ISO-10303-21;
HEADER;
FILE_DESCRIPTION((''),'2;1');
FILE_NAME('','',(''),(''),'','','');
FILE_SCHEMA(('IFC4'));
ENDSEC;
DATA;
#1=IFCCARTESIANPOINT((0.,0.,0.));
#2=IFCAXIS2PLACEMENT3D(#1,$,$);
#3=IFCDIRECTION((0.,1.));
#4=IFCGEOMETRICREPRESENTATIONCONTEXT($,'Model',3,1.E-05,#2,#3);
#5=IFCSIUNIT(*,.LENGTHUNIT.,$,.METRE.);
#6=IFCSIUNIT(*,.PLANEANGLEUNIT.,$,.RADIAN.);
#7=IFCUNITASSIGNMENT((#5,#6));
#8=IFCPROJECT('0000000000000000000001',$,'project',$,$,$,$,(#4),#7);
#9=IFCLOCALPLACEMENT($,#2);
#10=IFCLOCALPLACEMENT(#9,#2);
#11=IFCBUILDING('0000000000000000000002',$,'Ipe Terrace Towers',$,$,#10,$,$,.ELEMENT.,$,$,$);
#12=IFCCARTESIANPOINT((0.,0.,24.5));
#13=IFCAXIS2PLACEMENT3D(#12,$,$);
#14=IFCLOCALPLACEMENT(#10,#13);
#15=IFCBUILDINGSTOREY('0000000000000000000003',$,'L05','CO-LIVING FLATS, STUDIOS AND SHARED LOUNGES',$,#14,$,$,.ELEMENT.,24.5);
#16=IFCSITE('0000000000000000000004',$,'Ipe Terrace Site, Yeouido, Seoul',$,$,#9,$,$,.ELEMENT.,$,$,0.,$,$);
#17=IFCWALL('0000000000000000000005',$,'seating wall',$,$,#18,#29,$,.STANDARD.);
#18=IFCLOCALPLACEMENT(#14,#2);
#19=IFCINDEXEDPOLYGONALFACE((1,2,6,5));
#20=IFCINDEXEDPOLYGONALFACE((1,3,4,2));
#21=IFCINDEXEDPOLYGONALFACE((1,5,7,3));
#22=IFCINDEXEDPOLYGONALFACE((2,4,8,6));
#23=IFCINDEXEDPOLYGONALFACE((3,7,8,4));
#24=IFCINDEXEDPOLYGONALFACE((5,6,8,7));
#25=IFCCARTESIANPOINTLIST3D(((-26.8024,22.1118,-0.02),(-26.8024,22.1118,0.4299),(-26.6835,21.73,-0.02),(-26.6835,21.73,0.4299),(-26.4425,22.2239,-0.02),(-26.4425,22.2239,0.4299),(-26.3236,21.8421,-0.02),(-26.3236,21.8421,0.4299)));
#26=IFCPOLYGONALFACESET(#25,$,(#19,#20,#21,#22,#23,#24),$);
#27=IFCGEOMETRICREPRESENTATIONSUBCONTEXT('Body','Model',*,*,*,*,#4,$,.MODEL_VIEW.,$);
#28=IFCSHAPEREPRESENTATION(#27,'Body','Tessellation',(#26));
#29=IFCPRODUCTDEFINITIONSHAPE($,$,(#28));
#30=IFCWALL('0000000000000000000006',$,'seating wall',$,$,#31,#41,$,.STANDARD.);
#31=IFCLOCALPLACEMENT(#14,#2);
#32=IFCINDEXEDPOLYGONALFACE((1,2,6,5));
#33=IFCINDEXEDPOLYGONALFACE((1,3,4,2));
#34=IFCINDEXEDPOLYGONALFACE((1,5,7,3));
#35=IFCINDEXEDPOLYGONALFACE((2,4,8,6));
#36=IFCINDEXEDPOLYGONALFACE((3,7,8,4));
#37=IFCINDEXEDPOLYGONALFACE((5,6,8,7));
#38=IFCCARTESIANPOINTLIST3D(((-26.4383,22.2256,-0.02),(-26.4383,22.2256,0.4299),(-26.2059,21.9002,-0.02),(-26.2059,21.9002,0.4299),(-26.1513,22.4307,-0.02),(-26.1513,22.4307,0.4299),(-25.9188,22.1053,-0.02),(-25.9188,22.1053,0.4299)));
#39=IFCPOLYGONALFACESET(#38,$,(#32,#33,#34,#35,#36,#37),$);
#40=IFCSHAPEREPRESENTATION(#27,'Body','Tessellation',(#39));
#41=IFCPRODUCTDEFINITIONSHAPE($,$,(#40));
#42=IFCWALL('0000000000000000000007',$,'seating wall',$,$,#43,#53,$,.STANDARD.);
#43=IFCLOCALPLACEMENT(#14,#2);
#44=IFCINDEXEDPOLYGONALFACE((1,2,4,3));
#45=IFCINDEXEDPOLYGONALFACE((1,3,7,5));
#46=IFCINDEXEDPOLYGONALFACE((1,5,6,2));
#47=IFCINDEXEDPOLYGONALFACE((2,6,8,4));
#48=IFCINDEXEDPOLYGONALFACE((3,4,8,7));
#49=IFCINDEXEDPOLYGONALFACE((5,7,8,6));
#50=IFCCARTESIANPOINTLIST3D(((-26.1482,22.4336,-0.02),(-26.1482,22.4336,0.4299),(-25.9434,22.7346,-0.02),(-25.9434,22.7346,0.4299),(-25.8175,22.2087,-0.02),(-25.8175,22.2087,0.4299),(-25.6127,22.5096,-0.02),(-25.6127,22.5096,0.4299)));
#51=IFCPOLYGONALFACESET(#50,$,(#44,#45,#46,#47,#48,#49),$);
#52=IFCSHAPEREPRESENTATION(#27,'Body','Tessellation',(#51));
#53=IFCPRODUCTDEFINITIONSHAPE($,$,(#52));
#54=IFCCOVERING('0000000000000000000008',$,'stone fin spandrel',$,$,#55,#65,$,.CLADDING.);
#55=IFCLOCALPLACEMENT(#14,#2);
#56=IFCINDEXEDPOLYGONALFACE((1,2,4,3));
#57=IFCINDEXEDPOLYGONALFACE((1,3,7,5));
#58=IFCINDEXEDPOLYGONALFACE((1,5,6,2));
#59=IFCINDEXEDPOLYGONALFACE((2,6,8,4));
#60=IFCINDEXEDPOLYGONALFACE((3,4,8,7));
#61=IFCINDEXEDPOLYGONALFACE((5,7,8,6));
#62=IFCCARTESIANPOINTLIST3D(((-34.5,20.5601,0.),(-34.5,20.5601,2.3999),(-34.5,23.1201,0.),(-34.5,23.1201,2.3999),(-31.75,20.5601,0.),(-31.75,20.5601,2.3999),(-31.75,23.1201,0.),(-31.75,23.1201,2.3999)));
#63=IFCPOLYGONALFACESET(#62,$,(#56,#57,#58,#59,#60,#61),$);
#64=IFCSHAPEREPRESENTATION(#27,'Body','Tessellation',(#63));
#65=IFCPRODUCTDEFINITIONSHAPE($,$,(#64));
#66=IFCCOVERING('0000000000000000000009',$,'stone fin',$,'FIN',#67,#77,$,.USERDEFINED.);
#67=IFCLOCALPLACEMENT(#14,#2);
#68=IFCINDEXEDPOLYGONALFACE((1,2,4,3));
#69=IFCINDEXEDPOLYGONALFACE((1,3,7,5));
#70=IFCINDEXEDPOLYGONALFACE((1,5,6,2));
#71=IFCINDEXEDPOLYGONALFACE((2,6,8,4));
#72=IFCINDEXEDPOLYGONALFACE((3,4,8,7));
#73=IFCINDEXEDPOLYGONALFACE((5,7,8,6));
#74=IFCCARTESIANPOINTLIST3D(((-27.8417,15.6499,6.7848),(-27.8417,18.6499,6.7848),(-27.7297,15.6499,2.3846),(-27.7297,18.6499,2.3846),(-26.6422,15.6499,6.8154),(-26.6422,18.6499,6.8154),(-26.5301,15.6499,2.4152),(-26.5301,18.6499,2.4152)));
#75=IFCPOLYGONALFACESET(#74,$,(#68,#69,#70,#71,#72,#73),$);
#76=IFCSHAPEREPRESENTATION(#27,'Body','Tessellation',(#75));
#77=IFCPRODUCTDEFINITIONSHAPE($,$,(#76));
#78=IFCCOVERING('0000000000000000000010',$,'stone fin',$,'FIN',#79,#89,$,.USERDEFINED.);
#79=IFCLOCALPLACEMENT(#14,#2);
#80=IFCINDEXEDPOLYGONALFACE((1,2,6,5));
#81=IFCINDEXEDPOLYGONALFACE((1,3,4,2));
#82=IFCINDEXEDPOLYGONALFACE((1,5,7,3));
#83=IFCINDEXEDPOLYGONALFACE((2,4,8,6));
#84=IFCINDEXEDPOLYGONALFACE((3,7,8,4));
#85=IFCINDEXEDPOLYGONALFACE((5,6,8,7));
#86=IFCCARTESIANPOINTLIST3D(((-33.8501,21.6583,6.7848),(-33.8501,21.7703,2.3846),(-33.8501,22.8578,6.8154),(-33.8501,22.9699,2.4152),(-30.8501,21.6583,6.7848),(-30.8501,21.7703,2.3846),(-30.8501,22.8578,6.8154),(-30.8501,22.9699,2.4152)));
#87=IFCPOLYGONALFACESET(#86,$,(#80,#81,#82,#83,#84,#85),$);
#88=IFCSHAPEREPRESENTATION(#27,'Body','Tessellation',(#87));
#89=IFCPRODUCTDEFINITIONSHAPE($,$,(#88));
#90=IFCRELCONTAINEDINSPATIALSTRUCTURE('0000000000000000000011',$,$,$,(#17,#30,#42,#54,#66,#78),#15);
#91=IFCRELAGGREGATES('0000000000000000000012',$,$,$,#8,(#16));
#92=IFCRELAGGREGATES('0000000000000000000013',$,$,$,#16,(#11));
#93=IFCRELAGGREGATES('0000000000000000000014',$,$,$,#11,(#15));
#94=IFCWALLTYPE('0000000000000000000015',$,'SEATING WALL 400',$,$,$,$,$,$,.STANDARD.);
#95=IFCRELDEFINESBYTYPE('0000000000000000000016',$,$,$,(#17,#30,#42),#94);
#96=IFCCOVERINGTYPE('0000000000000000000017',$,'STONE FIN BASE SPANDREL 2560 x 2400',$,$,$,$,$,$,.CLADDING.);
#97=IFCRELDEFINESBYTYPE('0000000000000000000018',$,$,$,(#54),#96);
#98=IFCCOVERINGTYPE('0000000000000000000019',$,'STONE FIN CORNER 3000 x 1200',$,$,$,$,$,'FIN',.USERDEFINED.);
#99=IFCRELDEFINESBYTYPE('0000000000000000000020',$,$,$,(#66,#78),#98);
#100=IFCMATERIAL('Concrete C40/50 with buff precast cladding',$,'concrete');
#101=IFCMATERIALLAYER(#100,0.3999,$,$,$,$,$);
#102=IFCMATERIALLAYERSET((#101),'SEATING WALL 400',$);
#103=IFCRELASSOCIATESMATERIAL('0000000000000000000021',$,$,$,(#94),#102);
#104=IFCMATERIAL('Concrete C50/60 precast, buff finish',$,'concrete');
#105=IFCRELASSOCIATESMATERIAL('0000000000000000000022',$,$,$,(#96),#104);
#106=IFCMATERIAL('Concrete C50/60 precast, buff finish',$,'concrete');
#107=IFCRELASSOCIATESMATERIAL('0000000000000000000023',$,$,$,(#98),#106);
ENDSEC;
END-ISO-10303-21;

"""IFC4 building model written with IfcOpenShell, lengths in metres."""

from ifc_helpers import new_model, si_unit, direction, frame, frame_2d, origin, origin_2d, place, context, subcontext, project, spatial, rectangle, extrude, material, layer, layer_set, material_profile, profile_set, type_object, element, save


model = new_model("IFC4")

# Units and contexts
model_context = context("Model", 3, precision=1e-05, world=origin(), true_north=direction((0.0, 1.0)))
body_context = subcontext(model_context, "Body", "Model", "MODEL_VIEW")
ifc_project = project(units=[si_unit("LENGTHUNIT", "METRE"), si_unit("PLANEANGLEUNIT", "RADIAN")], contexts=[model_context])

# Site, building, storey
site_placement = place(None, origin())
site = spatial("IfcSite", under=ifc_project, at=site_placement, Name="Ipe Terrace Site, Yeouido, Seoul", CompositionType="ELEMENT", RefElevation=0.0)
building_placement = place(site_placement, origin())
building = spatial("IfcBuilding", under=site, at=building_placement, Name="Ipe Terrace Towers", CompositionType="ELEMENT")
storey_placement = place(building_placement, frame((0.0, 0.0, 24.5)))
storey = spatial("IfcBuildingStorey", under=building, at=storey_placement, Name="L05", Description="CO-LIVING FLATS, STUDIOS AND SHARED LOUNGES", CompositionType="ELEMENT", Elevation=24.5)

# Walls
ifc_material_1 = material(Name="Concrete C40/50 with buff precast cladding", Category="concrete")
ifc_layer_1 = layer(ifc_material_1, 0.3999)
ifc_layer_set_1 = layer_set([ifc_layer_1], Name="SEATING WALL 400")
wall_type_1 = type_object("IfcWallType", Name="SEATING WALL 400", PredefinedType="STANDARD", material=ifc_layer_set_1)
wall_1_placement = place(storey_placement, frame((-26.7429, 21.9209, -0.02), z_axis=(0.0, 0.0, 1.0), x_axis=(0.954779, 0.297316, 0.0)))
element("IfcWall", 1, at=wall_1_placement, inside=storey, type_object=wall_type_1, Name="seating wall", PredefinedType="STANDARD", context=body_context, shape_type="SweptSolid", body=[
    extrude(rectangle(XDim=0.377, YDim=0.3999, at=frame_2d((0.1885, 0.0))), origin(), (0.0, 0.0, 1.0), 0.45),
])
wall_2_placement = place(storey_placement, frame((-26.322, 22.063, -0.02), z_axis=(0.0, 0.0, 1.0), x_axis=(0.813733, 0.581238, 0.0)))
element("IfcWall", 2, at=wall_2_placement, inside=storey, type_object=wall_type_1, Name="seating wall", PredefinedType="STANDARD", context=body_context, shape_type="SweptSolid", body=[
    extrude(rectangle(XDim=0.3528, YDim=0.3999, at=frame_2d((0.1763, 0.0))), origin(), (0.0, 0.0, 1.0), 0.45),
])
wall_3_placement = place(storey_placement, frame((-25.9829, 22.321, -0.02), z_axis=(0.0, 0.0, 1.0), x_axis=(0.562567, 0.826752, 0.0)))
element("IfcWall", 3, at=wall_3_placement, inside=storey, type_object=wall_type_1, Name="seating wall", PredefinedType="STANDARD", context=body_context, shape_type="SweptSolid", body=[
    extrude(rectangle(XDim=0.364, YDim=0.3999, at=frame_2d((0.1821, 0.0))), origin(), (0.0, 0.0, 1.0), 0.45),
])

# Coverings
ifc_material_2 = material(Name="Concrete C50/60 precast, buff finish", Category="concrete")
ifc_material_profile_1 = material_profile(ifc_material_2, rectangle(XDim=2.5601, YDim=2.3999, at=origin_2d()), Name="STONE FIN BASE SPANDREL 2560 x 2400")
ifc_profile_set_1 = profile_set([ifc_material_profile_1], Name="Concrete C50/60 precast, buff finish")
covering_type_1 = type_object("IfcCoveringType", Name="STONE FIN BASE SPANDREL 2560 x 2400", PredefinedType="CLADDING", material=ifc_profile_set_1)
covering_placement = place(storey_placement, frame((-31.75, 21.8401, 1.2), z_axis=(-1.0, 0.0, 0.0), x_axis=(0.0, 1.0, 0.0)))
element("IfcCovering", 4, at=covering_placement, inside=storey, type_object=covering_type_1, Name="stone fin spandrel", PredefinedType="CLADDING", context=body_context, shape_type="SweptSolid", body=[
    extrude(rectangle(XDim=2.5601, YDim=2.3999, at=origin_2d()), origin(), (0.0, 0.0, 1.0), 2.75),
])
ifc_material_3 = material(Name="Concrete C50/60 precast, buff finish", Category="concrete")
ifc_material_profile_2 = material_profile(ifc_material_3, rectangle(XDim=3.0, YDim=1.2, at=origin_2d()), Name="STONE FIN CORNER 3000 x 1200")
ifc_profile_set_2 = profile_set([ifc_material_profile_2], Name="Concrete C50/60 precast, buff finish")
covering_type_2 = type_object("IfcCoveringType", Name="STONE FIN CORNER 3000 x 1200", ElementType="FIN", PredefinedType="USERDEFINED", material=ifc_profile_set_2)
for number, where, z_axis, x_axis, name in (
    (5, (-27.1299, 17.1499, 2.3999), (-0.025459, 0.0, 0.999676), (0.0, 1.0, 0.0), "stone fin"),
    (6, (-32.3501, 22.3701, 2.3999), (0.0, -0.025459, 0.999676), (-1.0, 0.0, 0.0), "stone fin"),
):
    element("IfcCovering", number, at=place(storey_placement, frame(where, z_axis=z_axis, x_axis=x_axis)), inside=storey, type_object=covering_type_2, Name=name, ObjectType="FIN", PredefinedType="USERDEFINED", context=body_context, shape_type="SweptSolid", body=[
        extrude(rectangle(XDim=3.0, YDim=1.2, at=origin_2d()), origin(), (0.0, 0.0, 1.0), 4.4016),
    ])

save(model, "model.ifc")
